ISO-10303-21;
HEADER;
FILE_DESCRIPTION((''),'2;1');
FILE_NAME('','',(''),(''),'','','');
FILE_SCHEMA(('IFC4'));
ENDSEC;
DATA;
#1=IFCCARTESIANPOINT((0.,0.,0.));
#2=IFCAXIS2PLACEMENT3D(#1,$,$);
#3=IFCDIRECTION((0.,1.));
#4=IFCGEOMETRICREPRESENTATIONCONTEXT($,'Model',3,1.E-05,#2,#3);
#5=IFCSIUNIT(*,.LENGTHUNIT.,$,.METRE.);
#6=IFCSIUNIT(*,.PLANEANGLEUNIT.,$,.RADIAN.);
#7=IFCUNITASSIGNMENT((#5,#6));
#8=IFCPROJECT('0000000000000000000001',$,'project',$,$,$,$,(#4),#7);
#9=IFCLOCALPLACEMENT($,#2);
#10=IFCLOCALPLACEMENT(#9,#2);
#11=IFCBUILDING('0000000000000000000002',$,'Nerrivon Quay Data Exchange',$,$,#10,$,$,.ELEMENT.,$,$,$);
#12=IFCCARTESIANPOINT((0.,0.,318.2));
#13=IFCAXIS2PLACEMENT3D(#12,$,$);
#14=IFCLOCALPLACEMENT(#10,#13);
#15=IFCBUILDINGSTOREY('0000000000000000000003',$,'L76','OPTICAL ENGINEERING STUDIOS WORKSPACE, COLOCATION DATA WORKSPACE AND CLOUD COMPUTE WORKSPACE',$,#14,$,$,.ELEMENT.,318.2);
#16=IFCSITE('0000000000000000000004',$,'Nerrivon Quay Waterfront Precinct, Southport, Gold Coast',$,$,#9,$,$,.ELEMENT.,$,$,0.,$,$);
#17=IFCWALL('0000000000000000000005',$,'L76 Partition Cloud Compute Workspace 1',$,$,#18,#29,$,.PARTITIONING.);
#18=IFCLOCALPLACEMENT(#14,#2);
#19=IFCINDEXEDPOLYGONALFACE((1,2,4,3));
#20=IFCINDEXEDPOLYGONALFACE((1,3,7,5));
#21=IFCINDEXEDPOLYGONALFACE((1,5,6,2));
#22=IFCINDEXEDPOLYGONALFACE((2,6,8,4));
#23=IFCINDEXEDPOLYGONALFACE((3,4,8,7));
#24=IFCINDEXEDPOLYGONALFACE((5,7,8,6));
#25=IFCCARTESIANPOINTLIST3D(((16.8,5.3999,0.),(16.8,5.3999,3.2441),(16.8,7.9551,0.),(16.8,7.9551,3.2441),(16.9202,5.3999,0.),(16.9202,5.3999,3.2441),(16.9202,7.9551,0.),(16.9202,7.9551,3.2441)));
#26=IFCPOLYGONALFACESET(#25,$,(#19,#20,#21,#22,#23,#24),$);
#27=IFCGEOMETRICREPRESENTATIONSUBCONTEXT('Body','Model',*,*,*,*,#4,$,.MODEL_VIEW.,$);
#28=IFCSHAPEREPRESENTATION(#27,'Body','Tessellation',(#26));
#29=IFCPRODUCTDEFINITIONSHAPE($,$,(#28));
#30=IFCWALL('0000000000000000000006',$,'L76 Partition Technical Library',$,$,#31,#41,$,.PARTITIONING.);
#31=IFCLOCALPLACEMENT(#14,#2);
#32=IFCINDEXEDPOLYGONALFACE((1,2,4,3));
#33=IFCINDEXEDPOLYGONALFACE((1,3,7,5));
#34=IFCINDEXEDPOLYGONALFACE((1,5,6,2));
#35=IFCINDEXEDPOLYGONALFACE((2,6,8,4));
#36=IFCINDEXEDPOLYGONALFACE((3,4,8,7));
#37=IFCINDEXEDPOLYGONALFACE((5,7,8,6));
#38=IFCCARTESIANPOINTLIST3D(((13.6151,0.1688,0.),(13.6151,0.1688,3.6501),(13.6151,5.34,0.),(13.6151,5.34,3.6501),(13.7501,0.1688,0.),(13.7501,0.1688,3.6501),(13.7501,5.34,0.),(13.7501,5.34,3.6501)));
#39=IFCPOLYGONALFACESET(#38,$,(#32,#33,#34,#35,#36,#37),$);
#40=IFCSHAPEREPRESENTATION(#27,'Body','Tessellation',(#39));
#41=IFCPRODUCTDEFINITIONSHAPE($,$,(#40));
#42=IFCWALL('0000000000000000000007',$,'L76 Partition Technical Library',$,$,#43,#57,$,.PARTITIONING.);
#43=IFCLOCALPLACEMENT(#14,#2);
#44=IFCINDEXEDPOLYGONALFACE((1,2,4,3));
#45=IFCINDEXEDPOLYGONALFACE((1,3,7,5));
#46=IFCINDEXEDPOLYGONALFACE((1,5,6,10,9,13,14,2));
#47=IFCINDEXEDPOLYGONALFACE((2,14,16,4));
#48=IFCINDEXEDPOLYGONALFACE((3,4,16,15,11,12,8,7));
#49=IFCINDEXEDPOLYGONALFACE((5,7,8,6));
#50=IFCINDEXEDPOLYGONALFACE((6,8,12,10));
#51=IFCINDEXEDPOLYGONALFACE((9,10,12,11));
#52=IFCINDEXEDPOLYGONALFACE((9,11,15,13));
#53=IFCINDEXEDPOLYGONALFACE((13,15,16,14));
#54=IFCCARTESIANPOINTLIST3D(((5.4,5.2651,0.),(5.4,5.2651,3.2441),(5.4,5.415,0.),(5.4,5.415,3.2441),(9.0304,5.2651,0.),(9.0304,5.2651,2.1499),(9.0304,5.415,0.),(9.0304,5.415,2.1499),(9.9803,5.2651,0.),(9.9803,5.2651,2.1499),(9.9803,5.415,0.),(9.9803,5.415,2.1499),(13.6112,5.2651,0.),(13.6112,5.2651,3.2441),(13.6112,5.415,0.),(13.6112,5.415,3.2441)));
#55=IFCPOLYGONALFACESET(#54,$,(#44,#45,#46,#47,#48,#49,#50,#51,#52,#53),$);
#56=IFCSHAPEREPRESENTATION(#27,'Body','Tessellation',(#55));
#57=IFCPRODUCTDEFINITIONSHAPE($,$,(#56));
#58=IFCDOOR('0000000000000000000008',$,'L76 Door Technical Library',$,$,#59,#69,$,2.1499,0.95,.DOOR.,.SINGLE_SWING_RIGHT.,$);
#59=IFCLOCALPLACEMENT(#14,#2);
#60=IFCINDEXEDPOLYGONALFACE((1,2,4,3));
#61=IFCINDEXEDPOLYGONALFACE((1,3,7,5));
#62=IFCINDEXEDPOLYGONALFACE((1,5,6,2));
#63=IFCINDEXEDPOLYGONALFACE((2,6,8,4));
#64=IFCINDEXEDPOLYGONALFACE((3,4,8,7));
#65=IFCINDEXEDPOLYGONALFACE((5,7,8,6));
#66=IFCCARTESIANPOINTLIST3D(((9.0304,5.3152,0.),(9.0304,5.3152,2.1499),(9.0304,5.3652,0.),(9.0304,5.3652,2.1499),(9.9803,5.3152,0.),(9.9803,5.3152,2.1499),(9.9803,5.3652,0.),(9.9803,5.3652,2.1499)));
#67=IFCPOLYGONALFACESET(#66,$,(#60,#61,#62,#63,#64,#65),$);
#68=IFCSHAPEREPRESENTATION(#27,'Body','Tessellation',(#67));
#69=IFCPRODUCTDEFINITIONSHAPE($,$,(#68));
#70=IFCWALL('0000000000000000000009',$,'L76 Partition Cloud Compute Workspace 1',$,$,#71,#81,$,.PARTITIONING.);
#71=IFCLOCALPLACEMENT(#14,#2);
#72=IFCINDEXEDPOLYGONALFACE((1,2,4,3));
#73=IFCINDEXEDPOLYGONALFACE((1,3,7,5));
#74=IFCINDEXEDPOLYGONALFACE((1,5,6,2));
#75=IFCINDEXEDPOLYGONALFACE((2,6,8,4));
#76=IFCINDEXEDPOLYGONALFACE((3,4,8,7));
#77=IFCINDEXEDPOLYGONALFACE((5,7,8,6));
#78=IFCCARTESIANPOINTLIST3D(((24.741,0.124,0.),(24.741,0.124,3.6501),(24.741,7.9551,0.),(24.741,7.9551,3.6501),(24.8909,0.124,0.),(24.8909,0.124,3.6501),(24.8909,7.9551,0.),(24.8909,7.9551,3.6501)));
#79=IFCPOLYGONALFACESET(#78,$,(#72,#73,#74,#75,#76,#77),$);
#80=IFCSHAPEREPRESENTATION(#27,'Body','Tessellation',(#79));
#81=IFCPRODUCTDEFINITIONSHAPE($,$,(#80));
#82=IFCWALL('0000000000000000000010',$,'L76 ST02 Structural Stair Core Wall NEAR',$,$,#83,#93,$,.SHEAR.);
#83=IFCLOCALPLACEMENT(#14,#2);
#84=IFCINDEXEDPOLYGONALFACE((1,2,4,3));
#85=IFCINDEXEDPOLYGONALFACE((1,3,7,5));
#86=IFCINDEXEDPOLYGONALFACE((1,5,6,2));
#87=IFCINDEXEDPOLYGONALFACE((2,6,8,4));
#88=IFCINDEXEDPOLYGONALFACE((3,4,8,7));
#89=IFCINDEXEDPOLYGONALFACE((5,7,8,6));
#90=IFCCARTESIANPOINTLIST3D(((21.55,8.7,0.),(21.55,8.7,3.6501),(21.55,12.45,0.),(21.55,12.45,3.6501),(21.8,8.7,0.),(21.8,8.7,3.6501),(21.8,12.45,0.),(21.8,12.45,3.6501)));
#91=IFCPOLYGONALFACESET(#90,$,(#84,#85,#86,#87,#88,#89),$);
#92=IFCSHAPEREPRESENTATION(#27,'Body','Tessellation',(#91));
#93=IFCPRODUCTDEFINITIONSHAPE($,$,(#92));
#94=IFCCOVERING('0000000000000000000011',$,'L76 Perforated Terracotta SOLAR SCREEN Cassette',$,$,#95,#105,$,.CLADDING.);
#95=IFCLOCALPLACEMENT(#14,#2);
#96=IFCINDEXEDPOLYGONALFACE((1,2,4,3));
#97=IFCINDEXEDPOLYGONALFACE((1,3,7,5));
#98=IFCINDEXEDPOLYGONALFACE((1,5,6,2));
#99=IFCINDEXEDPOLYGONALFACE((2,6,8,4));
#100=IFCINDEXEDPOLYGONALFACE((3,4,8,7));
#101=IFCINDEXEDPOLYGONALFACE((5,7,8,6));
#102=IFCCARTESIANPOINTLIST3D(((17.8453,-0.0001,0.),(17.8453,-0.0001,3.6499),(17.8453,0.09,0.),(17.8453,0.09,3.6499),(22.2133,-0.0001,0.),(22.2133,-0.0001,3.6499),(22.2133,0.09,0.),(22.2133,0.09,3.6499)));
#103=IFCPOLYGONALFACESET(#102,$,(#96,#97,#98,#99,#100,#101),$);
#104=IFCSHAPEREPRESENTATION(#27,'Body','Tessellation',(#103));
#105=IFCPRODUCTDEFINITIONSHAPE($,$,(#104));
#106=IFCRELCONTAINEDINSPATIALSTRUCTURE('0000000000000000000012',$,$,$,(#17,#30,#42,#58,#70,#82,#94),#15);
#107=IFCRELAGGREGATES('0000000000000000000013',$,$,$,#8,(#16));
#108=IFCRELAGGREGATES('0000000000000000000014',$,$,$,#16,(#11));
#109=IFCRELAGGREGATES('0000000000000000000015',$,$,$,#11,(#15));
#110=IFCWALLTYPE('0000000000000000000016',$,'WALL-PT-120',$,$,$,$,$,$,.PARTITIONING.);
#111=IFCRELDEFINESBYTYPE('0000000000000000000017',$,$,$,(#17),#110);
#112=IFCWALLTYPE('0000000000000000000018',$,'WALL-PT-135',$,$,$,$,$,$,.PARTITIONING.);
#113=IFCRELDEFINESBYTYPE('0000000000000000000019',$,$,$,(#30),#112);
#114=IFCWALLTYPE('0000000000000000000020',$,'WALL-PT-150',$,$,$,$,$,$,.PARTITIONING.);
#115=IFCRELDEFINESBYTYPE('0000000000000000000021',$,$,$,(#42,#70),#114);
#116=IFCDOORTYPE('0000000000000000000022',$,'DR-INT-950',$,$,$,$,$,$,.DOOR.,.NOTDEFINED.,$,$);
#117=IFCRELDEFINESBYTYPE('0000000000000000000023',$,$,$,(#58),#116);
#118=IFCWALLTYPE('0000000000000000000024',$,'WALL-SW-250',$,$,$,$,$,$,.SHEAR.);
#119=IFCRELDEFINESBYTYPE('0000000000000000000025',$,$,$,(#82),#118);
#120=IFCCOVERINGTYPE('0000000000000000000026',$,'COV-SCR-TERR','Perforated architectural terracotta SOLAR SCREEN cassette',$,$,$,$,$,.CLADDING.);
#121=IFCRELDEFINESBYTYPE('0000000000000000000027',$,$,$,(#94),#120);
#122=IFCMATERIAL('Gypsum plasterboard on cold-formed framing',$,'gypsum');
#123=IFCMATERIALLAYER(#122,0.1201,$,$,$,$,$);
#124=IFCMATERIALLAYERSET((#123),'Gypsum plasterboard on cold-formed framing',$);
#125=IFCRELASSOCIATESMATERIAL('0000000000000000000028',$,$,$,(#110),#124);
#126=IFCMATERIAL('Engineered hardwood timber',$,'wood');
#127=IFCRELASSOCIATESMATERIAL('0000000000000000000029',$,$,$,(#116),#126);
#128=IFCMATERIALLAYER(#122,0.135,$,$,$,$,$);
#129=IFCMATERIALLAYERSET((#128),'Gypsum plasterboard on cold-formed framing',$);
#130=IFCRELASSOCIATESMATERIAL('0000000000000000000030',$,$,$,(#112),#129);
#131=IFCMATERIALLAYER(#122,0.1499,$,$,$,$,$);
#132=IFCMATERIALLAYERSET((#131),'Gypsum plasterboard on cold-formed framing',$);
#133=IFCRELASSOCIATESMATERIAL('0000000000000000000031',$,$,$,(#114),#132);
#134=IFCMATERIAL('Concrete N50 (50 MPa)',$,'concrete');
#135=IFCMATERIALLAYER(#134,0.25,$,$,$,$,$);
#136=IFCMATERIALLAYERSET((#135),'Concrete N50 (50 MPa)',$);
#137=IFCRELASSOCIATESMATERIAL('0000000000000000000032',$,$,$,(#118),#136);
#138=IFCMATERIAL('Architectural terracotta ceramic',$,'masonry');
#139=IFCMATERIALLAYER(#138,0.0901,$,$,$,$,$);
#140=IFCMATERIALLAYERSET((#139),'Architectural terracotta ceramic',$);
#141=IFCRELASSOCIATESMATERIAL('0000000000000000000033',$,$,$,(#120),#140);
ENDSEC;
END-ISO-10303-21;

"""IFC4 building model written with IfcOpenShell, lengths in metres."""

from ifc_helpers import new_model, si_unit, direction, frame, frame_2d, origin, origin_2d, place, context, subcontext, project, spatial, rectangle, extrude, material, layer, layer_set, type_object, element, fill, save


model = new_model("IFC4")

# Units and contexts
model_context = context("Model", 3, precision=1e-05, world=origin(), true_north=direction((0.0, 1.0)))
body_context = subcontext(model_context, "Body", "Model", "MODEL_VIEW")
ifc_project = project(units=[si_unit("LENGTHUNIT", "METRE"), si_unit("PLANEANGLEUNIT", "RADIAN")], contexts=[model_context])

# Site, building, storey
site_placement = place(None, origin())
site = spatial("IfcSite", under=ifc_project, at=site_placement, Name="Nerrivon Quay Waterfront Precinct, Southport, Gold Coast", CompositionType="ELEMENT", RefElevation=0.0)
building_placement = place(site_placement, origin())
building = spatial("IfcBuilding", under=site, at=building_placement, Name="Nerrivon Quay Data Exchange", CompositionType="ELEMENT")
storey_placement = place(building_placement, frame((0.0, 0.0, 318.2)))
storey = spatial("IfcBuildingStorey", under=building, at=storey_placement, Name="L76", Description="OPTICAL ENGINEERING STUDIOS WORKSPACE, COLOCATION DATA WORKSPACE AND CLOUD COMPUTE WORKSPACE", CompositionType="ELEMENT", Elevation=318.2)

# Shared definitions
ifc_material_1 = material(Name="Concrete N50 (50 MPa)", Category="concrete")

# Shared definitions
ifc_material_2 = material(Name="Gypsum plasterboard on cold-formed framing", Category="gypsum")
ifc_layer_1 = layer(ifc_material_2, 0.1201)
ifc_layer_set_1 = layer_set([ifc_layer_1], Name="Gypsum plasterboard on cold-formed framing")
wall_type_1 = type_object("IfcWallType", Name="WALL-PT-120", PredefinedType="PARTITIONING", material=ifc_layer_set_1)
ifc_material_3 = material(Name="Engineered hardwood timber", Category="wood")
door_type = type_object("IfcDoorType", Name="DR-INT-950", OperationType="NOTDEFINED", PredefinedType="DOOR", material=ifc_material_3)

# Walls
wall_1_placement = place(storey_placement, frame((16.8601, 7.9551, 0.0), z_axis=(0.0, 0.0, 1.0), x_axis=(0.0, -1.0, 0.0)))
element("IfcWall", 1, at=wall_1_placement, inside=storey, type_object=wall_type_1, Name="L76 Partition Cloud Compute Workspace 1", PredefinedType="PARTITIONING", context=body_context, shape_type="SweptSolid", body=[
    extrude(rectangle(XDim=2.5552, YDim=0.1201, at=frame_2d((1.2776, 0.0))), origin(), (0.0, 0.0, 1.0), 3.2441),
])
ifc_layer_2 = layer(ifc_material_2, 0.135)
ifc_layer_set_2 = layer_set([ifc_layer_2], Name="Gypsum plasterboard on cold-formed framing")
wall_type_2 = type_object("IfcWallType", Name="WALL-PT-135", PredefinedType="PARTITIONING", material=ifc_layer_set_2)
wall_2_placement = place(storey_placement, frame((13.6826, 0.1689, 0.0), z_axis=(0.0, 0.0, 1.0), x_axis=(0.0, 1.0, 0.0)))
element("IfcWall", 2, at=wall_2_placement, inside=storey, type_object=wall_type_2, Name="L76 Partition Technical Library", PredefinedType="PARTITIONING", context=body_context, shape_type="SweptSolid", body=[
    extrude(rectangle(XDim=5.1711, YDim=0.135, at=frame_2d((2.5854, 0.0))), origin(), (0.0, 0.0, 1.0), 3.6501),
])

# Wall, opening, door
ifc_layer_3 = layer(ifc_material_2, 0.1499)
ifc_layer_set_3 = layer_set([ifc_layer_3], Name="Gypsum plasterboard on cold-formed framing")
wall_type_3 = type_object("IfcWallType", Name="WALL-PT-150", PredefinedType="PARTITIONING", material=ifc_layer_set_3)
wall_3_placement = place(storey_placement, frame((13.6111, 5.3401, 0.0), z_axis=(0.0, 0.0, 1.0), x_axis=(-1.0, 0.0, 0.0)))
wall_3 = element("IfcWall", 3, at=wall_3_placement, inside=storey, type_object=wall_type_3, Name="L76 Partition Technical Library", PredefinedType="PARTITIONING", context=body_context, shape_type="SweptSolid", body=[
    extrude(rectangle(XDim=8.2112, YDim=0.1499, at=frame_2d((4.1055, 0.0))), origin(), (0.0, 0.0, 1.0), 3.2441),
])
opening_1_placement = place(wall_3_placement, frame((3.6306, 0.0, 0.0)))
opening_1 = element("IfcOpeningElement", 4, at=opening_1_placement, cuts=wall_3, PredefinedType="OPENING", context=body_context, shape_type="SweptSolid", body=[
    extrude(rectangle(XDim=0.95, YDim=2.1499, at=frame_2d((0.4751, 1.075))), frame((0.0, 0.085, 0.0), z_axis=(0.0, -1.0, 0.0), x_axis=(1.0, 0.0, 0.0)), (0.0, 0.0, 1.0), 0.1699),
])
door_1_placement = place(opening_1_placement, origin())
door_1 = element("IfcDoor", 5, at=door_1_placement, inside=storey, type_object=door_type, Name="L76 Door Technical Library", OperationType="SINGLE_SWING_RIGHT", OverallHeight=2.1499, OverallWidth=0.95, PredefinedType="DOOR", context=body_context, shape_type="SweptSolid", body=[
    extrude(rectangle(XDim=0.95, YDim=2.1499, at=frame_2d((0.4751, 1.075))), frame((0.0, 0.0249, 0.0), z_axis=(0.0, -1.0, 0.0), x_axis=(1.0, 0.0, 0.0)), (0.0, 0.0, 1.0), 0.05),
])
fill(opening_1, door_1)

# Walls
wall_4_placement = place(storey_placement, frame((24.8159, 0.124, 0.0), z_axis=(0.0, 0.0, 1.0), x_axis=(0.0, 1.0, 0.0)))
element("IfcWall", 6, at=wall_4_placement, inside=storey, type_object=wall_type_3, Name="L76 Partition Cloud Compute Workspace 1", PredefinedType="PARTITIONING", context=body_context, shape_type="SweptSolid", body=[
    extrude(rectangle(XDim=7.8311, YDim=0.1499, at=frame_2d((3.9155, 0.0))), origin(), (0.0, 0.0, 1.0), 3.6501),
])
ifc_layer_4 = layer(ifc_material_1, 0.25)
ifc_layer_set_4 = layer_set([ifc_layer_4], Name="Concrete N50 (50 MPa)")
wall_type_4 = type_object("IfcWallType", Name="WALL-SW-250", PredefinedType="SHEAR", material=ifc_layer_set_4)
wall_5_placement = place(storey_placement, frame((21.675, 8.7, 0.0), z_axis=(0.0, 0.0, 1.0), x_axis=(0.0, 1.0, 0.0)))
element("IfcWall", 7, at=wall_5_placement, inside=storey, type_object=wall_type_4, Name="L76 ST02 Structural Stair Core Wall NEAR", PredefinedType="SHEAR", context=body_context, shape_type="SweptSolid", body=[
    extrude(rectangle(XDim=3.75, YDim=0.25, at=frame_2d((1.875, 0.0))), origin(), (0.0, 0.0, 1.0), 3.6501),
])

# Covering
ifc_material_4 = material(Name="Architectural terracotta ceramic", Category="masonry")
ifc_layer_5 = layer(ifc_material_4, 0.0901)
ifc_layer_set_5 = layer_set([ifc_layer_5], Name="Architectural terracotta ceramic")
covering_type = type_object("IfcCoveringType", Name="COV-SCR-TERR", Description="Perforated architectural terracotta SOLAR SCREEN cassette", PredefinedType="CLADDING", material=ifc_layer_set_5)
covering_placement = place(storey_placement, frame((20.0293, 0.0449, 0.0), z_axis=(0.0, 0.0, 1.0), x_axis=(-1.0, 0.0, 0.0)))
element("IfcCovering", 8, at=covering_placement, inside=storey, type_object=covering_type, Name="L76 Perforated Terracotta SOLAR SCREEN Cassette", PredefinedType="CLADDING", context=body_context, shape_type="SweptSolid", body=[
    extrude(rectangle(XDim=4.3679, YDim=0.0901, at=origin_2d()), origin(), (0.0, 0.0, 1.0), 3.6499),
])

save(model, "model.ifc")
